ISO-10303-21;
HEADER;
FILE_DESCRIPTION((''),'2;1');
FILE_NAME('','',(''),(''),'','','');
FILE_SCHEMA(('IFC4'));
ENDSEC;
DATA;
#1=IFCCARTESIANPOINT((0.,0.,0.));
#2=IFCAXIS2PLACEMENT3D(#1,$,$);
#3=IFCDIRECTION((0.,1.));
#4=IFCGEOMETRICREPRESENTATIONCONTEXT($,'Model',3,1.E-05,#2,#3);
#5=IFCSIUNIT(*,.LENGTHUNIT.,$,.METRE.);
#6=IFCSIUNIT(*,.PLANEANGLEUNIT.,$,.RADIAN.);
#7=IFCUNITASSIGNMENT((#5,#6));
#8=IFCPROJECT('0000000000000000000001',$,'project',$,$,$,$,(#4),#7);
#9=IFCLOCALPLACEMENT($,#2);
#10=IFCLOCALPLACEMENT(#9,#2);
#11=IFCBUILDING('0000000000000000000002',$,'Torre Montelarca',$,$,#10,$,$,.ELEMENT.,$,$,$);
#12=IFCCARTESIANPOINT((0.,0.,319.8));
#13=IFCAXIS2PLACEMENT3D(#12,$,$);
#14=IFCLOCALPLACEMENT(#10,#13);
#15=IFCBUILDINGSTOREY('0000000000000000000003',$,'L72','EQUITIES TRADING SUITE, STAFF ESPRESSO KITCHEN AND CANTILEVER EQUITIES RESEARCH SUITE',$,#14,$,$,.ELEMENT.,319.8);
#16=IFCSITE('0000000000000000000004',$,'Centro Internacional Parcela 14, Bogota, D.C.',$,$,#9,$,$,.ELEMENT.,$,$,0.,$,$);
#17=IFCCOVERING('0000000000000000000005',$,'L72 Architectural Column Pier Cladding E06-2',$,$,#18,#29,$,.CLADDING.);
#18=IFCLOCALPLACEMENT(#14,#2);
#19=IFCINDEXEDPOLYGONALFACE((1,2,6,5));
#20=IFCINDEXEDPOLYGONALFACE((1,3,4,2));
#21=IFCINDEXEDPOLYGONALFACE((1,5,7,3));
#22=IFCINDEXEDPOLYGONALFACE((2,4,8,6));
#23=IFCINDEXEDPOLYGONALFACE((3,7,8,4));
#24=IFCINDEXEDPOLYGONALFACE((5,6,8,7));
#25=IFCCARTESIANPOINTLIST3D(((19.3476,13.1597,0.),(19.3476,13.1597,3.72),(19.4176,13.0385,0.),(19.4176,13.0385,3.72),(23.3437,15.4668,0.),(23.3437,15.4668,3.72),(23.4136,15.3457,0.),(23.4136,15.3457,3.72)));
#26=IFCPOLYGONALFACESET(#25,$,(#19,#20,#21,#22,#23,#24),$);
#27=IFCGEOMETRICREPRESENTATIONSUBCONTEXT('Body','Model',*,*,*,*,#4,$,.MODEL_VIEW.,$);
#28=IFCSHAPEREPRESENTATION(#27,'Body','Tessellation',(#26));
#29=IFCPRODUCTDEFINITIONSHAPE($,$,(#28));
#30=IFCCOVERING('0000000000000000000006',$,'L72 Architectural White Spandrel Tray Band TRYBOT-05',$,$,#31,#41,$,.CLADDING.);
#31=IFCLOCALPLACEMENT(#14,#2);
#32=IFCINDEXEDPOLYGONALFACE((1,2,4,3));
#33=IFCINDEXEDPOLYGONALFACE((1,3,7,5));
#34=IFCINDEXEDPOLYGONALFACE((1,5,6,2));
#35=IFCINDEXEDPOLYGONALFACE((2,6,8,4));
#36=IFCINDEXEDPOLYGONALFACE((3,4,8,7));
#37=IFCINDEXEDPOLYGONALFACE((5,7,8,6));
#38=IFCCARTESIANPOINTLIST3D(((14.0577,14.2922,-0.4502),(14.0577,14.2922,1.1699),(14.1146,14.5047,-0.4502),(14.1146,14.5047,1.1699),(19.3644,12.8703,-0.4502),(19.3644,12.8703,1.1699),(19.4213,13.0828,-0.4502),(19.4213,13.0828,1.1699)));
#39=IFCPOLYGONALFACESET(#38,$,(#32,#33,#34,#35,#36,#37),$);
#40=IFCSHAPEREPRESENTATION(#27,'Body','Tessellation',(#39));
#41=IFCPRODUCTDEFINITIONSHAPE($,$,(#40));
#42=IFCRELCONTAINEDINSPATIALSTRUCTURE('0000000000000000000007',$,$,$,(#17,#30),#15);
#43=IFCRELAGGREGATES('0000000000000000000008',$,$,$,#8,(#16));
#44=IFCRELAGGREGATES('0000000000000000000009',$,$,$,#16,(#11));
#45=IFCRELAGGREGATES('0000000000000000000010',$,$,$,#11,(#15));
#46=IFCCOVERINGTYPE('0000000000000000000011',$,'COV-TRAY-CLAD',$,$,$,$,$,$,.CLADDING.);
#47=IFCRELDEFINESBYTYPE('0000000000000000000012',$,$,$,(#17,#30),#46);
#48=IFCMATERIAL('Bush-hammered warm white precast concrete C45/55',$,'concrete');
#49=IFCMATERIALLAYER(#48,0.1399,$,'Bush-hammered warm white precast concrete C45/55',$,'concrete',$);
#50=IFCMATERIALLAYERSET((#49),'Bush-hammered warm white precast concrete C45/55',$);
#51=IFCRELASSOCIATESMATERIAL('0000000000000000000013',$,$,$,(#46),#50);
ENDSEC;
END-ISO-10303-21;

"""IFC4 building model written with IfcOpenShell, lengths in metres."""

from ifc_helpers import new_model, si_unit, direction, frame, origin, origin_2d, place, context, subcontext, project, spatial, rectangle, extrude, source, transform, mapped, material, layer, layer_set, type_object, element, save


model = new_model("IFC4")

# Units and contexts
model_context = context("Model", 3, precision=1e-05, world=origin(), true_north=direction((0.0, 1.0)))
body_context = subcontext(model_context, "Body", "Model", "MODEL_VIEW")
ifc_project = project(units=[si_unit("LENGTHUNIT", "METRE"), si_unit("PLANEANGLEUNIT", "RADIAN")], contexts=[model_context])

# Site, building, storey
site_placement = place(None, origin())
site = spatial("IfcSite", under=ifc_project, at=site_placement, Name="Centro Internacional Parcela 14, Bogota, D.C.", CompositionType="ELEMENT", RefElevation=0.0)
building_placement = place(site_placement, origin())
building = spatial("IfcBuilding", under=site, at=building_placement, Name="Torre Montelarca", CompositionType="ELEMENT")
storey_placement = place(building_placement, frame((0.0, 0.0, 319.8)))
storey = spatial("IfcBuildingStorey", under=building, at=storey_placement, Name="L72", Description="EQUITIES TRADING SUITE, STAFF ESPRESSO KITCHEN AND CANTILEVER EQUITIES RESEARCH SUITE", CompositionType="ELEMENT", Elevation=319.8)

# Coverings
ifc_material_1 = material(Name="Bush-hammered warm white precast concrete C45/55", Category="concrete")
ifc_layer_1 = layer(ifc_material_1, 0.1399, Name="Bush-hammered warm white precast concrete C45/55", Category="concrete")
ifc_layer_set_1 = layer_set([ifc_layer_1], Name="Bush-hammered warm white precast concrete C45/55")
covering_type = type_object("IfcCoveringType", Name="COV-TRAY-CLAD", PredefinedType="CLADDING", material=ifc_layer_set_1)
shared_shape_1 = source(origin(), body_context, "Body", "SweptSolid", [
    extrude(rectangle(XDim=4.6143, YDim=0.1399, at=origin_2d()), origin(), (0.0, 0.0, 1.0), 3.72),
])
covering_1_placement = place(storey_placement, frame((21.3806, 14.2527, 0.0), z_axis=(0.0, 0.0, 1.0), x_axis=(0.866025, 0.5, 0.0)))
element("IfcCovering", 1, at=covering_1_placement, inside=storey, type_object=covering_type, Name="L72 Architectural Column Pier Cladding E06-2", PredefinedType="CLADDING", context=body_context, shape_type="MappedRepresentation", body=[
    mapped(shared_shape_1, transform((0.0, 0.0, 0.0), scale=1.0)),
])
shared_shape_2 = source(origin(), body_context, "Body", "SweptSolid", [
    extrude(rectangle(XDim=5.4939, YDim=0.22, at=origin_2d()), origin(), (0.0, 0.0, 1.0), 1.6201),
])
covering_2_placement = place(storey_placement, frame((16.7395, 13.6875, -0.4502), z_axis=(0.0, 0.0, 1.0), x_axis=(0.965926, -0.258819, 0.0)))
element("IfcCovering", 2, at=covering_2_placement, inside=storey, type_object=covering_type, Name="L72 Architectural White Spandrel Tray Band TRYBOT-05", PredefinedType="CLADDING", context=body_context, shape_type="MappedRepresentation", body=[
    mapped(shared_shape_2, transform((0.0, 0.0, 0.0), scale=1.0)),
])

save(model, "model.ifc")
